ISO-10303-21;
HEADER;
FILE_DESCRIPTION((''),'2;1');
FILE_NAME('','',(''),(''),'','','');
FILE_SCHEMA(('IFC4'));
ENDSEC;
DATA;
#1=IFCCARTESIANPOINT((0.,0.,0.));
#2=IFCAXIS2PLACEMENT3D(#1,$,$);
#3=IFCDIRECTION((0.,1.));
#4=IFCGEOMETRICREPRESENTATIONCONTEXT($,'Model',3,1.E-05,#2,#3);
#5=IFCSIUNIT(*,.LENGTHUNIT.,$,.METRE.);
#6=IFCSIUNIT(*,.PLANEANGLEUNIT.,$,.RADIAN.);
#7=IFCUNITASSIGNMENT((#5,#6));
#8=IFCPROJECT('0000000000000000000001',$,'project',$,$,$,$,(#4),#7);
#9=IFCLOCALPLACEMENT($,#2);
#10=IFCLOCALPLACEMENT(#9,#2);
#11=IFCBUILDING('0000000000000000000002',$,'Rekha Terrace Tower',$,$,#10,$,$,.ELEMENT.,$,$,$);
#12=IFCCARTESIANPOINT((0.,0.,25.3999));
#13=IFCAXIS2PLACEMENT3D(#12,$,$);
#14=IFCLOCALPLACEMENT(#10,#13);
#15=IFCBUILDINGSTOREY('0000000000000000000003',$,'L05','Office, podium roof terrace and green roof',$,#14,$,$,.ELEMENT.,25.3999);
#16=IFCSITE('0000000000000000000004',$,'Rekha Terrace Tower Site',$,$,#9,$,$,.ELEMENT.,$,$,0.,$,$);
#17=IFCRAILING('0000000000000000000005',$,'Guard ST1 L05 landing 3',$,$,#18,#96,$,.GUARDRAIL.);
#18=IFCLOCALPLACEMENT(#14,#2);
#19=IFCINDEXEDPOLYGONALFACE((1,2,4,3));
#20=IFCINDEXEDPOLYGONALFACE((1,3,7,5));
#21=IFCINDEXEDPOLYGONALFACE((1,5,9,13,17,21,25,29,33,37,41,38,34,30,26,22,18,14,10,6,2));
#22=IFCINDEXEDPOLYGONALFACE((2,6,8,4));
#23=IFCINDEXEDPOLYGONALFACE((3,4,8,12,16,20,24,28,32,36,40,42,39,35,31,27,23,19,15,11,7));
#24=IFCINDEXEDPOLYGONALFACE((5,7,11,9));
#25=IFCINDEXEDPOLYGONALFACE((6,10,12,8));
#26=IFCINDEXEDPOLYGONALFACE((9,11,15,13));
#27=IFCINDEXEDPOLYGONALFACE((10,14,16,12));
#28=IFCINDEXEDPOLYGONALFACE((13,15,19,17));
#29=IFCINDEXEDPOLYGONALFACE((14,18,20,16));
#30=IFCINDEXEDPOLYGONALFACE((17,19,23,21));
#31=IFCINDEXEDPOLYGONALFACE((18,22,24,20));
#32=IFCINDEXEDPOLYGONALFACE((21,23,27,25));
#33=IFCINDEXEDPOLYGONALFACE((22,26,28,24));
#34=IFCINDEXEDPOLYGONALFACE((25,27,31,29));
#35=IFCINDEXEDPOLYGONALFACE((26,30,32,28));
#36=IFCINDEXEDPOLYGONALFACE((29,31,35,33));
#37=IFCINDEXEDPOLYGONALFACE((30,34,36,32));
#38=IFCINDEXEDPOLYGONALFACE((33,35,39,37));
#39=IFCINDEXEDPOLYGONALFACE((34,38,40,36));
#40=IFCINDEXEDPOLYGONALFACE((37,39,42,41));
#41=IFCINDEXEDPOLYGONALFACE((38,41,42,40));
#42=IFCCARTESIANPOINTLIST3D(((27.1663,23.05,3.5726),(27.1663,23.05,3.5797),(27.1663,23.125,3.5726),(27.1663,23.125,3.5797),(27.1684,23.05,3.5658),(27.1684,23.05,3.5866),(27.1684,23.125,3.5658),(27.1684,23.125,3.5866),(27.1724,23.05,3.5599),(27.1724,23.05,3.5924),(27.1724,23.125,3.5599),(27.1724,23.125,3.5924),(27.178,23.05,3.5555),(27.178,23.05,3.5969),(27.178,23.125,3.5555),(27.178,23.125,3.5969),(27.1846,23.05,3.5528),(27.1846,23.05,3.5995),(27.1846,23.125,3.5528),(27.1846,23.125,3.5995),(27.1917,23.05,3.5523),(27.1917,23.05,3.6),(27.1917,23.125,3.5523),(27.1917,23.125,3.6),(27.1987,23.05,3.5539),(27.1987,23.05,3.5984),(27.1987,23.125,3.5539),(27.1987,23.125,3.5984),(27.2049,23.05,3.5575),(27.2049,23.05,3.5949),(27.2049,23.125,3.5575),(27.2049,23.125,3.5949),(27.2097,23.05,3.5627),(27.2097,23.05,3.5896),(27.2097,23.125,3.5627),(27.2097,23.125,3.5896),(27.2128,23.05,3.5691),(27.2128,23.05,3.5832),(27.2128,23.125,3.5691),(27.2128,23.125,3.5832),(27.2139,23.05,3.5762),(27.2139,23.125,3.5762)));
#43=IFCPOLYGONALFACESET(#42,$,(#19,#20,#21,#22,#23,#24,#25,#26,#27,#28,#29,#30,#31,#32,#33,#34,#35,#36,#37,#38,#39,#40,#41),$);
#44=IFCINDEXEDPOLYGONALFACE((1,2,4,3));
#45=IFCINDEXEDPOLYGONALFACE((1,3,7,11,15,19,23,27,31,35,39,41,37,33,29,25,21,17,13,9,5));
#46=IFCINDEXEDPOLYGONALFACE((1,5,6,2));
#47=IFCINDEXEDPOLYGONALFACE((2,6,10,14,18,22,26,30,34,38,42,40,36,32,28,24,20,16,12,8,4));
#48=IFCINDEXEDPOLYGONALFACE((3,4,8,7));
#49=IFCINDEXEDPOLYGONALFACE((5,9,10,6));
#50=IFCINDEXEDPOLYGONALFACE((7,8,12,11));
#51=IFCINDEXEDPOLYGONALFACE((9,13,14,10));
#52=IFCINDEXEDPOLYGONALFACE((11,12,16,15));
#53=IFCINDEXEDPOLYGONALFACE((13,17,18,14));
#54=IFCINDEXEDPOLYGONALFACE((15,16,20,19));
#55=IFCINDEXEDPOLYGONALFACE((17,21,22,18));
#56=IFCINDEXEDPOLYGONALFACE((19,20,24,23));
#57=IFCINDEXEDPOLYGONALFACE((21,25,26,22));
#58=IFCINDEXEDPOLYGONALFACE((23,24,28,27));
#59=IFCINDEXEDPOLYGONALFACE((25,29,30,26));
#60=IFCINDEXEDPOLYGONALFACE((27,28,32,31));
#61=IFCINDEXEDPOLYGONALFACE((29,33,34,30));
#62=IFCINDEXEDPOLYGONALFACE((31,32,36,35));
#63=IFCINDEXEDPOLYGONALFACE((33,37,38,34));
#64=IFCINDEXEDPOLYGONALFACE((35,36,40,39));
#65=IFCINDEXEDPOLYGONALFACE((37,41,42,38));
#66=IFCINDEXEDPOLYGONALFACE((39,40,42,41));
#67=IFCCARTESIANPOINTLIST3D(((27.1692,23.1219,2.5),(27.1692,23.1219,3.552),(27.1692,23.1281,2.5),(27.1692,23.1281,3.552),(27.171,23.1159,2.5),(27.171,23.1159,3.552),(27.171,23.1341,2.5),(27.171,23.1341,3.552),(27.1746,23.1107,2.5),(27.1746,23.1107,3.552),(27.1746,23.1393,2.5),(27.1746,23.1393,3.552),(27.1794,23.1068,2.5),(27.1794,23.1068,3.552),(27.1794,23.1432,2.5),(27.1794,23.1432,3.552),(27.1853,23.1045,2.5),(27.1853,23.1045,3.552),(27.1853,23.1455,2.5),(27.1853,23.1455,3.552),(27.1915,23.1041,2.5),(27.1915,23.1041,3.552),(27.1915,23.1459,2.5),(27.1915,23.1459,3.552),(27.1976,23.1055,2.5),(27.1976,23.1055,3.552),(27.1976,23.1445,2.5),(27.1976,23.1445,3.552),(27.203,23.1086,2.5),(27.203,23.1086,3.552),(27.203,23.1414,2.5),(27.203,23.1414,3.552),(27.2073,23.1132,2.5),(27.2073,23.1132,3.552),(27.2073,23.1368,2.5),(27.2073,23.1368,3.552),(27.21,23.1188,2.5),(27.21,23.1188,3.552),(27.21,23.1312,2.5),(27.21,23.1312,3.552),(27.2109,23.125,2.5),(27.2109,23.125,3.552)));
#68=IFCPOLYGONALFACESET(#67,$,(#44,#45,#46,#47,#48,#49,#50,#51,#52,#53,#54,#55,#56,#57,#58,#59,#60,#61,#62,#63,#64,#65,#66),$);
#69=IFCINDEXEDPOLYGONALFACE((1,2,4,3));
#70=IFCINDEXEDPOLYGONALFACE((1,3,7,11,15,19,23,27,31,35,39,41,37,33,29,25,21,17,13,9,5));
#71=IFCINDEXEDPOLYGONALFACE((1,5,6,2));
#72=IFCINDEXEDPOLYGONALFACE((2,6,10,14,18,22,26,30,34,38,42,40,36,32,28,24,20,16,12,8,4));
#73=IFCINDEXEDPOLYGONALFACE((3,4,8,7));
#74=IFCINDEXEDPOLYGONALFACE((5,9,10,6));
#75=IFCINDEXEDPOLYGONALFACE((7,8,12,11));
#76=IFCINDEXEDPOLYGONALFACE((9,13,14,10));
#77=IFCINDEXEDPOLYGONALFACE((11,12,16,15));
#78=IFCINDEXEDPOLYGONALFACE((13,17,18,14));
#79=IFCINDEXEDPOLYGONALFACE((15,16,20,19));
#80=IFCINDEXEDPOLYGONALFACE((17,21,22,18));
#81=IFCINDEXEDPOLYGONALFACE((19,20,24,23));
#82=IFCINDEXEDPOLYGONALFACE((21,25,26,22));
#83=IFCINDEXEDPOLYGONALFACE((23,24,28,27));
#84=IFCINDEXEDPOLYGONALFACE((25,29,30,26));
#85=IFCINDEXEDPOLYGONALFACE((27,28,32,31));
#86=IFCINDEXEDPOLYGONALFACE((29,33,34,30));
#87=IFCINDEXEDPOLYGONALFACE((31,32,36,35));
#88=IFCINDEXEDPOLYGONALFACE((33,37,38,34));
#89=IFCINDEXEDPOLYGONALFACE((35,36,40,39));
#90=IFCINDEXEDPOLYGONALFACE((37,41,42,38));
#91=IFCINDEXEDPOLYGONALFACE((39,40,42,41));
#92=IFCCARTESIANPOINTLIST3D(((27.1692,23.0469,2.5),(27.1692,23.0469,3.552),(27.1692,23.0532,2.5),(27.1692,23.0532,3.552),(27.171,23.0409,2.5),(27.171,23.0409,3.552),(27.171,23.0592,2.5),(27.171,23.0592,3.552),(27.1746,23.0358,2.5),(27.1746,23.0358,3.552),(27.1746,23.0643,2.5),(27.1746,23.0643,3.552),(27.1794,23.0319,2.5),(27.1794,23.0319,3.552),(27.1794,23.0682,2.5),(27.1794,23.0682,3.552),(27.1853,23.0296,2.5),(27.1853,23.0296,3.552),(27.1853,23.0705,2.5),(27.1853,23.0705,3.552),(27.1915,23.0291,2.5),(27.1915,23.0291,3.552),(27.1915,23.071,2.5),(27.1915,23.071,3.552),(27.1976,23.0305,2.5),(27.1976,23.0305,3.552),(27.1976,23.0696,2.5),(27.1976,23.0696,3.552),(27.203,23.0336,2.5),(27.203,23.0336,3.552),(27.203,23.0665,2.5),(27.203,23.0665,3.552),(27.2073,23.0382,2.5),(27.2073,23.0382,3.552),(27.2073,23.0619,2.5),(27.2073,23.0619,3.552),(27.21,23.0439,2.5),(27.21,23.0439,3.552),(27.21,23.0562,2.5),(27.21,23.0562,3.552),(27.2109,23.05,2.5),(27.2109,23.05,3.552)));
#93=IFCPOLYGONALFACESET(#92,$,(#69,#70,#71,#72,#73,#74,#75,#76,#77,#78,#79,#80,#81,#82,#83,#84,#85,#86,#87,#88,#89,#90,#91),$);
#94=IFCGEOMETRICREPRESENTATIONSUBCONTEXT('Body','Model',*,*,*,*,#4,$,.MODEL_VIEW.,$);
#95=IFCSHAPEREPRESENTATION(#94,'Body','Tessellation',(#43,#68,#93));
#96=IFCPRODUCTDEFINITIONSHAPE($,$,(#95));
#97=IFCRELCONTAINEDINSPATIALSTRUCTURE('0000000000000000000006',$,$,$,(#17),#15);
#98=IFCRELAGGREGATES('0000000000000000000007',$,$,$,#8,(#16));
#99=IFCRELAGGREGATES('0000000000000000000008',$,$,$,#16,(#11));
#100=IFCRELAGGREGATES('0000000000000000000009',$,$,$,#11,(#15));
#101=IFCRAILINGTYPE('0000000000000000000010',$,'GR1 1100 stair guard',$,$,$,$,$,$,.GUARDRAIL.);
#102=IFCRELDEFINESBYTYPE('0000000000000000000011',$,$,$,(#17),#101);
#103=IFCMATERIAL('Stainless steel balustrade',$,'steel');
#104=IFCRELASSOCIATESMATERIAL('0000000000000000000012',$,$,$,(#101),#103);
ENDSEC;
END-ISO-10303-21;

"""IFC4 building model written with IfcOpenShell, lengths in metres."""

from ifc_helpers import new_model, si_unit, direction, frame, origin, origin_2d, place, context, subcontext, project, spatial, circle, extrude, material, type_object, element, save


model = new_model("IFC4")

# Units and contexts
model_context = context("Model", 3, precision=1e-05, world=origin(), true_north=direction((0.0, 1.0)))
body_context = subcontext(model_context, "Body", "Model", "MODEL_VIEW")
ifc_project = project(units=[si_unit("LENGTHUNIT", "METRE"), si_unit("PLANEANGLEUNIT", "RADIAN")], contexts=[model_context])

# Site, building, storey
site_placement = place(None, origin())
site = spatial("IfcSite", under=ifc_project, at=site_placement, Name="Rekha Terrace Tower Site", CompositionType="ELEMENT", RefElevation=0.0)
building_placement = place(site_placement, origin())
building = spatial("IfcBuilding", under=site, at=building_placement, Name="Rekha Terrace Tower", CompositionType="ELEMENT")
storey_placement = place(building_placement, frame((0.0, 0.0, 25.3999)))
storey = spatial("IfcBuildingStorey", under=building, at=storey_placement, Name="L05", Description="Office, podium roof terrace and green roof", CompositionType="ELEMENT", Elevation=25.3999)

# Railing
ifc_material_1 = material(Name="Stainless steel balustrade", Category="steel")
railing_type_1 = type_object("IfcRailingType", Name="GR1 1100 stair guard", PredefinedType="GUARDRAIL", material=ifc_material_1)
railing_1_placement = place(storey_placement, frame((27.1899, 23.125, 2.5)))
element("IfcRailing", 1, at=railing_1_placement, inside=storey, type_object=railing_type_1, Name="Guard ST1 L05 landing 3", PredefinedType="GUARDRAIL", context=body_context, shape_type="SweptSolid", body=[
    extrude(circle(Radius=0.0239, at=origin_2d()), frame((0.0, 0.0, 1.0762), z_axis=(0.0, -1.0, 0.0), x_axis=(1.0, 0.0, 0.0)), (0.0, 0.0, 1.0), 0.075),
    extrude(circle(Radius=0.021, at=origin_2d()), origin(), (0.0, 0.0, 1.0), 1.052),
    extrude(circle(Radius=0.021, at=origin_2d()), frame((0.0, -0.075, 0.0)), (0.0, 0.0, 1.0), 1.052),
])

save(model, "model.ifc")
